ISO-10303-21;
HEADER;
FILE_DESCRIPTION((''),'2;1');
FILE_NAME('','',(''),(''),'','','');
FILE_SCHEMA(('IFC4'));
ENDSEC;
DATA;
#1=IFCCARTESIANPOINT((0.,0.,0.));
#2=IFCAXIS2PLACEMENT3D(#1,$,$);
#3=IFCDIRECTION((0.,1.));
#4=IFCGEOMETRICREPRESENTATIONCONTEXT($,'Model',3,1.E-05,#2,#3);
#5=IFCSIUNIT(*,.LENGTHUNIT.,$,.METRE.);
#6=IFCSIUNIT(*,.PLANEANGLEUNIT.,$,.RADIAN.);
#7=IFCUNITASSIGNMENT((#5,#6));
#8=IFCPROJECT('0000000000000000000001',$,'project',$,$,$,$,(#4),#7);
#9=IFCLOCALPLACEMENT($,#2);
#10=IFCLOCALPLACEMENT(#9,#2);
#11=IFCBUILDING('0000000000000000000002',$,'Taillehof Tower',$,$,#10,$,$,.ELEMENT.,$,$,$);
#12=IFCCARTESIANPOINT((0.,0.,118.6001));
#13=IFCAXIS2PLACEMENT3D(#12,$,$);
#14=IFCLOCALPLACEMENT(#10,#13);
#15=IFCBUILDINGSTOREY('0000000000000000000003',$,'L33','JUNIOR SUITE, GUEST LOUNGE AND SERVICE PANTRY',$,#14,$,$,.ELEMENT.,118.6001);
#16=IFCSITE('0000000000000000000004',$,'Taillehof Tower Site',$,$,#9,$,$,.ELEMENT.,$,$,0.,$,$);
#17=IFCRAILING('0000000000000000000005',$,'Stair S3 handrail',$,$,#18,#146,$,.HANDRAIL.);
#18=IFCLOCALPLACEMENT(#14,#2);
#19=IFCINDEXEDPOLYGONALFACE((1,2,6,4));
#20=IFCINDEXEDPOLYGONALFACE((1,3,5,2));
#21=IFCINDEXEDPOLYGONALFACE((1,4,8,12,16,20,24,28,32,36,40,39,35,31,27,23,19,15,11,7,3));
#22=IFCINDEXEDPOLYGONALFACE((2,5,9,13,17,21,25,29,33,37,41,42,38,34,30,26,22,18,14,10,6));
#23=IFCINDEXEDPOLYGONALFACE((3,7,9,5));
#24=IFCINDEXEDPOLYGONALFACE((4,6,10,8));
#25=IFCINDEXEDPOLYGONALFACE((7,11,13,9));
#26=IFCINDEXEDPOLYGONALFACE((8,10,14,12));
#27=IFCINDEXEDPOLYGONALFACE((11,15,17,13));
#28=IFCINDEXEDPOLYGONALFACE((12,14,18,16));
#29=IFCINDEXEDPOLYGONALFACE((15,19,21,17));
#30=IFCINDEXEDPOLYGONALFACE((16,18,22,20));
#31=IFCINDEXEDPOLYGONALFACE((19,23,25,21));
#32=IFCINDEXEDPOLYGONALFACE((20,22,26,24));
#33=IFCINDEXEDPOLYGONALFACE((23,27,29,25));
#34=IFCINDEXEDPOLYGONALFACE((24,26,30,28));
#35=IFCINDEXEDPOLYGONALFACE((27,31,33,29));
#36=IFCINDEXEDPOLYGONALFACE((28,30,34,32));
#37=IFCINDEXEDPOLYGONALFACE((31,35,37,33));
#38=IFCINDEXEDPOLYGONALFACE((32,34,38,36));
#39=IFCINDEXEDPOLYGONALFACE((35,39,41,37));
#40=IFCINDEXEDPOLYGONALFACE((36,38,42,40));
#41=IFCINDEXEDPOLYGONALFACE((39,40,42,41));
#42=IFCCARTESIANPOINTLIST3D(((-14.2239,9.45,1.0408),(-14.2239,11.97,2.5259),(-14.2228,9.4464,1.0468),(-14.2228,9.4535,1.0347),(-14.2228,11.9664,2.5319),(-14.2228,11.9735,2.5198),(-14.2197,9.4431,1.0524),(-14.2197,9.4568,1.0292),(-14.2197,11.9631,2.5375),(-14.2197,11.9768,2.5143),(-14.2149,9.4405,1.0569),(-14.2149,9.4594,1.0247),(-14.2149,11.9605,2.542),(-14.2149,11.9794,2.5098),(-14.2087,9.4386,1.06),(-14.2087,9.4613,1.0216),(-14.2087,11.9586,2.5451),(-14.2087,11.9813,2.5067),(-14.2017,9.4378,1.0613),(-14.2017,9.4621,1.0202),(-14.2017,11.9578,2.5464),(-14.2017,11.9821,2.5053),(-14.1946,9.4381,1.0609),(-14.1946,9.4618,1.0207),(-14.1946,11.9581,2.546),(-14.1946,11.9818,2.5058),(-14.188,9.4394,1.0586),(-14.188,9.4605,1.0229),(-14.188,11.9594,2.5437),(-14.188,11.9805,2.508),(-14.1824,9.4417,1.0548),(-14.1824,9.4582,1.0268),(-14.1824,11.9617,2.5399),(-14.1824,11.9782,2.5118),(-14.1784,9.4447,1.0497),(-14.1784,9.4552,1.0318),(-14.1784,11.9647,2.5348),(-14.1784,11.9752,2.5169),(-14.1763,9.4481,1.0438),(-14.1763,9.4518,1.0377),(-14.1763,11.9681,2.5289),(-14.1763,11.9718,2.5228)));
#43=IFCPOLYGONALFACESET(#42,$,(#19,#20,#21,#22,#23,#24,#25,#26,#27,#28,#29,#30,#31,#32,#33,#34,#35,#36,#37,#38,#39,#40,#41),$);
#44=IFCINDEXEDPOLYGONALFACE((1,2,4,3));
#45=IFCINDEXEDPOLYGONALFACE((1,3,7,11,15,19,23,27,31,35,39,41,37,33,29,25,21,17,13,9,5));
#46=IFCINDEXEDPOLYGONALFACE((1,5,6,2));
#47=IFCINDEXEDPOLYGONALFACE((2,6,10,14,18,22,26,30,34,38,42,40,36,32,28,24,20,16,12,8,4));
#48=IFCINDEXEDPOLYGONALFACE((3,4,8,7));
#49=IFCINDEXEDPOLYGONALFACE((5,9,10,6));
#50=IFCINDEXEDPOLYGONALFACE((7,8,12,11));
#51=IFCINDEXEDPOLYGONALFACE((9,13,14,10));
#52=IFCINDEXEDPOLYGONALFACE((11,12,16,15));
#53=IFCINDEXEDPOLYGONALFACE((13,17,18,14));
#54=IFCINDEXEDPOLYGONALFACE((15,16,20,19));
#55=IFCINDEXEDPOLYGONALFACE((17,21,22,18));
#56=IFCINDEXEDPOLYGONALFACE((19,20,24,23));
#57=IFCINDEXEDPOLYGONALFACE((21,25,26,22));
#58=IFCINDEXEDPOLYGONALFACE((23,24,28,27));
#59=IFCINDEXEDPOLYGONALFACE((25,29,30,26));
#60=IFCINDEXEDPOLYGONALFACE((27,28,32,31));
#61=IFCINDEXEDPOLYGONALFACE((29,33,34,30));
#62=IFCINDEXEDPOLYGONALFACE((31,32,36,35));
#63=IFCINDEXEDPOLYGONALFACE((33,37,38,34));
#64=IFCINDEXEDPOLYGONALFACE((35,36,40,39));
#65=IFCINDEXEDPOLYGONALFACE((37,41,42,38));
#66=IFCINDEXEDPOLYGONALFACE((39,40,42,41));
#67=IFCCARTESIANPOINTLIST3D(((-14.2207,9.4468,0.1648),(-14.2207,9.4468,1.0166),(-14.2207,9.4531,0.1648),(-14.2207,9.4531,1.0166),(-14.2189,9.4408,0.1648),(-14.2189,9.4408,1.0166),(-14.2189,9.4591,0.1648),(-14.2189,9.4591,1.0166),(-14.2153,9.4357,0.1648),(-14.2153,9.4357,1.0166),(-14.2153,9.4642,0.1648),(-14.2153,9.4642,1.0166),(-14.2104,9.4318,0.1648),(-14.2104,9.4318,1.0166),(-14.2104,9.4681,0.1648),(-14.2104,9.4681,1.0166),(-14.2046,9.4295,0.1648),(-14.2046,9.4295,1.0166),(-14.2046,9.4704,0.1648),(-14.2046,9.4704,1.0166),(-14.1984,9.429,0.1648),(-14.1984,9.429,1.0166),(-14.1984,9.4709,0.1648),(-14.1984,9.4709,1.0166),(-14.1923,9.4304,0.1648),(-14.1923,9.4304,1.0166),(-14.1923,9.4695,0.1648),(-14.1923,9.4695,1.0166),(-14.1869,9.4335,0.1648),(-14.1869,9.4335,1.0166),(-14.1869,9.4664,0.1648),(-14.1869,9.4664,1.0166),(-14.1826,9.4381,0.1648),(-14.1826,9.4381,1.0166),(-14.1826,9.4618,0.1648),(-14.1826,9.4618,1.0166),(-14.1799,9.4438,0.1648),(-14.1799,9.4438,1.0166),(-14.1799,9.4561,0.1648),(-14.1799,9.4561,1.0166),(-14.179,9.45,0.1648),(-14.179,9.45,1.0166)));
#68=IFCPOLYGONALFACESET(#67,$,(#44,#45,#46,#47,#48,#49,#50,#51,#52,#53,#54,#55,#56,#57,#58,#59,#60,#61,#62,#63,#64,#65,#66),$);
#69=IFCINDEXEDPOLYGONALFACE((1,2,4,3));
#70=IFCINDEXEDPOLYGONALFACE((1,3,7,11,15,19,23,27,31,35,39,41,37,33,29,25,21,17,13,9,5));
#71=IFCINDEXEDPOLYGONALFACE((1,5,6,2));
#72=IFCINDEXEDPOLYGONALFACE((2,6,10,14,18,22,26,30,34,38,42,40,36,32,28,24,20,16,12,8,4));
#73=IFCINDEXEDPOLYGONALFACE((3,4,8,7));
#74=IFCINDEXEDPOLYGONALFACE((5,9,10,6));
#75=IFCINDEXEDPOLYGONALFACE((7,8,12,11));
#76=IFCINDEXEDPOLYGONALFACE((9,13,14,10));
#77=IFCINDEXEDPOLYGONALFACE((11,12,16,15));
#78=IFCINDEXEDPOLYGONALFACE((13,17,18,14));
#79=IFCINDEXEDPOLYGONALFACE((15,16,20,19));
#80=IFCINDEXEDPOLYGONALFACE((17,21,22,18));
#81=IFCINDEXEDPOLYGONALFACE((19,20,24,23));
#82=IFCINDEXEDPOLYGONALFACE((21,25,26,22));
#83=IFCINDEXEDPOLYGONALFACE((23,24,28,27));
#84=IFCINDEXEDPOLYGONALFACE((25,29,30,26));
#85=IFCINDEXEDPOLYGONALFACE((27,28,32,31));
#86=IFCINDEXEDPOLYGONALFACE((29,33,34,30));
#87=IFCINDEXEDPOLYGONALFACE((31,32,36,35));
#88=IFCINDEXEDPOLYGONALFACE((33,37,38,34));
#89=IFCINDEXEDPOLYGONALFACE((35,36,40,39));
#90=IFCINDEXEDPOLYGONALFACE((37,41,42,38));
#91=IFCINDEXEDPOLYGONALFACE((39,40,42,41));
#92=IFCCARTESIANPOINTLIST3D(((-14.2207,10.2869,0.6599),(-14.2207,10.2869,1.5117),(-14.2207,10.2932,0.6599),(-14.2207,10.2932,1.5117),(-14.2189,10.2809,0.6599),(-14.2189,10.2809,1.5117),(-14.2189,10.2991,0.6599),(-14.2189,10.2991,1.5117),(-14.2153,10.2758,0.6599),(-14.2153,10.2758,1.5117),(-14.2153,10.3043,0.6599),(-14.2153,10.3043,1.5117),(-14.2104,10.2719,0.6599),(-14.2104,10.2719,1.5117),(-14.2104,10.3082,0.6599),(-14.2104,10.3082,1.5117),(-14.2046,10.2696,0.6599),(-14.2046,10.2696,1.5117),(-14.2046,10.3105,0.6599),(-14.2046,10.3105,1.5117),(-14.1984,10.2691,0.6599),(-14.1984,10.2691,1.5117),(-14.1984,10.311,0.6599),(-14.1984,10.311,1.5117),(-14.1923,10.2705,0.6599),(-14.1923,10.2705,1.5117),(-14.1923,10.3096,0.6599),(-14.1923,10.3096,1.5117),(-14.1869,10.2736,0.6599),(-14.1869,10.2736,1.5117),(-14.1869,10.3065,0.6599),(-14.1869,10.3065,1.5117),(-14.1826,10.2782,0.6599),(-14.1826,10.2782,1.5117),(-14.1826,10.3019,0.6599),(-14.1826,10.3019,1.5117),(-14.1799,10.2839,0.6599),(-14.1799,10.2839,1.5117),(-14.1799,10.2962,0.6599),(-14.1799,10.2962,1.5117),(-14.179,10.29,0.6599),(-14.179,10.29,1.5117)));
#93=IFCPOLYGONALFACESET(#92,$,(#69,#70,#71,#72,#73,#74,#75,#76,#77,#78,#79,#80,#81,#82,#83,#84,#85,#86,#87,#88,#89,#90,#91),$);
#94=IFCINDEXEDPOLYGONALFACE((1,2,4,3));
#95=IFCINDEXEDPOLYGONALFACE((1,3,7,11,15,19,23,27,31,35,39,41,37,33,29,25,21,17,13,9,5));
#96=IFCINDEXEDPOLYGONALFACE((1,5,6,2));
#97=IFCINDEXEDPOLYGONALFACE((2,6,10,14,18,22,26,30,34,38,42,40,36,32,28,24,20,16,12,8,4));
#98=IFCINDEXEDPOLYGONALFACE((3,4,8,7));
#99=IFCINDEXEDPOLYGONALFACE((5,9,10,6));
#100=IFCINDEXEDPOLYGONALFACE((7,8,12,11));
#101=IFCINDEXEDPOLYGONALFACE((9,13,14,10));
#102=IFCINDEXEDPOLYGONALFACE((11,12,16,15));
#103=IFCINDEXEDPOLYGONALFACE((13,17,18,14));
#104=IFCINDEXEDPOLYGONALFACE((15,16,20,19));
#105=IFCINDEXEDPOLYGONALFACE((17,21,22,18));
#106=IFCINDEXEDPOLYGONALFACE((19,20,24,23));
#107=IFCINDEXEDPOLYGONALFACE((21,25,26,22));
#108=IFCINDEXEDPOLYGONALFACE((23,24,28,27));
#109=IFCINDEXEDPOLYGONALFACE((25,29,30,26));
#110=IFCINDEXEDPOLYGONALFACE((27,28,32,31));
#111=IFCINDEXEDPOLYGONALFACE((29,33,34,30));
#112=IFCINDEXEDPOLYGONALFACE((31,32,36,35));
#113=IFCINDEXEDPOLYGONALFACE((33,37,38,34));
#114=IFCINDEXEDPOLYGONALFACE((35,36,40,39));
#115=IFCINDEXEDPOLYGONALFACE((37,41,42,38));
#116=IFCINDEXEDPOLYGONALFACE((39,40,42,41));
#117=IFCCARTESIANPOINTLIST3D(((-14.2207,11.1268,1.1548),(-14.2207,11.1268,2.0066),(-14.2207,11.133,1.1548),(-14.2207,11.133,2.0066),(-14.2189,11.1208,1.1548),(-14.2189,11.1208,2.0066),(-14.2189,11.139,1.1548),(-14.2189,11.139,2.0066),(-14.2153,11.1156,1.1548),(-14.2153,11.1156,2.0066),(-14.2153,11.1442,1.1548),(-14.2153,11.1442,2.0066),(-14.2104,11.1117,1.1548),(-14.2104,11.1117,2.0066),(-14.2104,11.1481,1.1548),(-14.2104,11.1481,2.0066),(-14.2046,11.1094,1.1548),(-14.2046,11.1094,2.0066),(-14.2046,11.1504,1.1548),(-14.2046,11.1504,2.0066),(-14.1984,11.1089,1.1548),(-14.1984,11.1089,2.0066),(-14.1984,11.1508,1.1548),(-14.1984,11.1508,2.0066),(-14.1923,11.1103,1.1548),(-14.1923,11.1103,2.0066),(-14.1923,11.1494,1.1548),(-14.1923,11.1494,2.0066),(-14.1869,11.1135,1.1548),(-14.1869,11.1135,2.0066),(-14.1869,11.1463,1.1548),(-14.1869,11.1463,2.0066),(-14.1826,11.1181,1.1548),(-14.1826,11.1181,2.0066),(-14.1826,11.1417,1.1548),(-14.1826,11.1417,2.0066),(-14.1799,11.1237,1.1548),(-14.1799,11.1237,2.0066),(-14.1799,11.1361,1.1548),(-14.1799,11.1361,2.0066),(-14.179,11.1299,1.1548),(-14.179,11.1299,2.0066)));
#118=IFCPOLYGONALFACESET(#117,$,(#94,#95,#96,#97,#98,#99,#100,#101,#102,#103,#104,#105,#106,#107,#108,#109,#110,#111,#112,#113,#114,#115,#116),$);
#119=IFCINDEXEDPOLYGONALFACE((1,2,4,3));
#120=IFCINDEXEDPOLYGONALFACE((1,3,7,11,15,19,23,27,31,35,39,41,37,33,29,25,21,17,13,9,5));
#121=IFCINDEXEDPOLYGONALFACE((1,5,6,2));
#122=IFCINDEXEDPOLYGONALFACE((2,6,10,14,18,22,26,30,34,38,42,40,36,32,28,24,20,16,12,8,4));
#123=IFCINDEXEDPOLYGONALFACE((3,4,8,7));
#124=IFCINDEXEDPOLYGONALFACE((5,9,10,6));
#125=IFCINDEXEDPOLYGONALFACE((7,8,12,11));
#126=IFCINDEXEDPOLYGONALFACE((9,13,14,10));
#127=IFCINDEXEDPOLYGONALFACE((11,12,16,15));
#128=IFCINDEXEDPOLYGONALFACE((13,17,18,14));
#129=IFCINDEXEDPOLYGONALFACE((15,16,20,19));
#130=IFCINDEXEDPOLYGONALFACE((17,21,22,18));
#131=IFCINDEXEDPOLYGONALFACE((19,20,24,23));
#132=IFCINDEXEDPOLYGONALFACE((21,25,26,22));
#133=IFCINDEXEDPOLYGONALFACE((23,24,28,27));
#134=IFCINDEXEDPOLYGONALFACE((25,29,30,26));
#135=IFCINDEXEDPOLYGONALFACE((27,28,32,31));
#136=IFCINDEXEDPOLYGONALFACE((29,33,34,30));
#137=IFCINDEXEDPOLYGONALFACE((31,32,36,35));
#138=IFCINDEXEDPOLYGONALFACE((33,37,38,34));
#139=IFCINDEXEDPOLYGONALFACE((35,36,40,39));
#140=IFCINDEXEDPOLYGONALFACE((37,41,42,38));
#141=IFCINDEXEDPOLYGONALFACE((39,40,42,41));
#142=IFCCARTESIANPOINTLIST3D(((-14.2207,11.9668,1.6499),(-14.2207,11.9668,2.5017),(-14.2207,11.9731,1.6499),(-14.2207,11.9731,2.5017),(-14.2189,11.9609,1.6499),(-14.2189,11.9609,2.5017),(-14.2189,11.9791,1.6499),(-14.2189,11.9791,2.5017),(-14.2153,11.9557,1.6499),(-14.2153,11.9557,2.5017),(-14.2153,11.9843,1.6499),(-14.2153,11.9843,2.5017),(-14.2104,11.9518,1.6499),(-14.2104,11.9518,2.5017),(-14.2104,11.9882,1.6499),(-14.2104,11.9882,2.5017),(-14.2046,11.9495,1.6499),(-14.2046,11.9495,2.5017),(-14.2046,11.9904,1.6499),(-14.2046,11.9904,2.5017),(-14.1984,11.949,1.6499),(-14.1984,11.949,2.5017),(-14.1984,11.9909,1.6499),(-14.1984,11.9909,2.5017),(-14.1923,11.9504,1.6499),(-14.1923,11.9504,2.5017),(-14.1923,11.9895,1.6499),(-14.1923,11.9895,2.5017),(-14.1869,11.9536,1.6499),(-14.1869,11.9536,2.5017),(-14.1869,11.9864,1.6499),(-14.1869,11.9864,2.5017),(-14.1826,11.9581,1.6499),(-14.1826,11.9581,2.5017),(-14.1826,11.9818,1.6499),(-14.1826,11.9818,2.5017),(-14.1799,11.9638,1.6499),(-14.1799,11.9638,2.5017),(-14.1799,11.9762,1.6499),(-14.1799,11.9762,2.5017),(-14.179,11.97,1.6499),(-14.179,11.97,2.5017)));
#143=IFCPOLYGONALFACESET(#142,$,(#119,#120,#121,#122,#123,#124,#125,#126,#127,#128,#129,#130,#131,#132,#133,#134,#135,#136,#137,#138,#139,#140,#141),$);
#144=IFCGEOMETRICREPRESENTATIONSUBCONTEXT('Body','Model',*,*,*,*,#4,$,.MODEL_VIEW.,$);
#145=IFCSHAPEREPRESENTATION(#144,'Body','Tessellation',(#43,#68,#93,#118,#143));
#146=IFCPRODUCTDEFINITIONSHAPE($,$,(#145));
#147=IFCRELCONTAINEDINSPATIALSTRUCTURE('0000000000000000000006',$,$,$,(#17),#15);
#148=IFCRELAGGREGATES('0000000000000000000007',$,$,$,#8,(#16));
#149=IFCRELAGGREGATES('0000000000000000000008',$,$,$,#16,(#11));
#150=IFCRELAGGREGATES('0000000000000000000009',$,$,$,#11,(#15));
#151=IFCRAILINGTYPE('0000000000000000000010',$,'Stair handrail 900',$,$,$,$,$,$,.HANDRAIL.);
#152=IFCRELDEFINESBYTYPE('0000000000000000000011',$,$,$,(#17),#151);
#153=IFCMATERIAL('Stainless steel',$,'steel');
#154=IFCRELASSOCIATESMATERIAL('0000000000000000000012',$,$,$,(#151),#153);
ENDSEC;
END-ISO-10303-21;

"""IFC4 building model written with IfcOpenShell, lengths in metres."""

from ifc_helpers import new_model, si_unit, direction, frame, origin, origin_2d, place, context, subcontext, project, spatial, circle, extrude, material, type_object, element, save


model = new_model("IFC4")

# Units and contexts
model_context = context("Model", 3, precision=1e-05, world=origin(), true_north=direction((0.0, 1.0)))
body_context = subcontext(model_context, "Body", "Model", "MODEL_VIEW")
ifc_project = project(units=[si_unit("LENGTHUNIT", "METRE"), si_unit("PLANEANGLEUNIT", "RADIAN")], contexts=[model_context])

# Site, building, storey
site_placement = place(None, origin())
site = spatial("IfcSite", under=ifc_project, at=site_placement, Name="Taillehof Tower Site", CompositionType="ELEMENT", RefElevation=0.0)
building_placement = place(site_placement, origin())
building = spatial("IfcBuilding", under=site, at=building_placement, Name="Taillehof Tower", CompositionType="ELEMENT")
storey_placement = place(building_placement, frame((0.0, 0.0, 118.6001)))
storey = spatial("IfcBuildingStorey", under=building, at=storey_placement, Name="L33", Description="JUNIOR SUITE, GUEST LOUNGE AND SERVICE PANTRY", CompositionType="ELEMENT", Elevation=118.6001)

# Railing
ifc_material_1 = material(Name="Stainless steel", Category="steel")
railing_type_1 = type_object("IfcRailingType", Name="Stair handrail 900", PredefinedType="HANDRAIL", material=ifc_material_1)
railing_1_placement = place(storey_placement, frame((-14.2, 9.45, 0.1648)))
element("IfcRailing", 1, at=railing_1_placement, inside=storey, type_object=railing_type_1, Name="Stair S3 handrail", PredefinedType="HANDRAIL", context=body_context, shape_type="SweptSolid", body=[
    extrude(circle(Radius=0.0239, at=origin_2d()), frame((0.0, 0.0, 0.876), z_axis=(0.0, 0.861524, 0.507717), x_axis=(-1.0, 0.0, 0.0)), (0.0, 0.0, 1.0), 2.925),
    extrude(circle(Radius=0.021, at=origin_2d()), origin(), (0.0, 0.0, 1.0), 0.8518),
    extrude(circle(Radius=0.021, at=origin_2d()), frame((0.0, 0.8401, 0.4951)), (0.0, 0.0, 1.0), 0.8518),
    extrude(circle(Radius=0.021, at=origin_2d()), frame((0.0, 1.6799, 0.99)), (0.0, 0.0, 1.0), 0.8518),
    extrude(circle(Radius=0.021, at=origin_2d()), frame((0.0, 2.52, 1.4851)), (0.0, 0.0, 1.0), 0.8518),
])

save(model, "model.ifc")
